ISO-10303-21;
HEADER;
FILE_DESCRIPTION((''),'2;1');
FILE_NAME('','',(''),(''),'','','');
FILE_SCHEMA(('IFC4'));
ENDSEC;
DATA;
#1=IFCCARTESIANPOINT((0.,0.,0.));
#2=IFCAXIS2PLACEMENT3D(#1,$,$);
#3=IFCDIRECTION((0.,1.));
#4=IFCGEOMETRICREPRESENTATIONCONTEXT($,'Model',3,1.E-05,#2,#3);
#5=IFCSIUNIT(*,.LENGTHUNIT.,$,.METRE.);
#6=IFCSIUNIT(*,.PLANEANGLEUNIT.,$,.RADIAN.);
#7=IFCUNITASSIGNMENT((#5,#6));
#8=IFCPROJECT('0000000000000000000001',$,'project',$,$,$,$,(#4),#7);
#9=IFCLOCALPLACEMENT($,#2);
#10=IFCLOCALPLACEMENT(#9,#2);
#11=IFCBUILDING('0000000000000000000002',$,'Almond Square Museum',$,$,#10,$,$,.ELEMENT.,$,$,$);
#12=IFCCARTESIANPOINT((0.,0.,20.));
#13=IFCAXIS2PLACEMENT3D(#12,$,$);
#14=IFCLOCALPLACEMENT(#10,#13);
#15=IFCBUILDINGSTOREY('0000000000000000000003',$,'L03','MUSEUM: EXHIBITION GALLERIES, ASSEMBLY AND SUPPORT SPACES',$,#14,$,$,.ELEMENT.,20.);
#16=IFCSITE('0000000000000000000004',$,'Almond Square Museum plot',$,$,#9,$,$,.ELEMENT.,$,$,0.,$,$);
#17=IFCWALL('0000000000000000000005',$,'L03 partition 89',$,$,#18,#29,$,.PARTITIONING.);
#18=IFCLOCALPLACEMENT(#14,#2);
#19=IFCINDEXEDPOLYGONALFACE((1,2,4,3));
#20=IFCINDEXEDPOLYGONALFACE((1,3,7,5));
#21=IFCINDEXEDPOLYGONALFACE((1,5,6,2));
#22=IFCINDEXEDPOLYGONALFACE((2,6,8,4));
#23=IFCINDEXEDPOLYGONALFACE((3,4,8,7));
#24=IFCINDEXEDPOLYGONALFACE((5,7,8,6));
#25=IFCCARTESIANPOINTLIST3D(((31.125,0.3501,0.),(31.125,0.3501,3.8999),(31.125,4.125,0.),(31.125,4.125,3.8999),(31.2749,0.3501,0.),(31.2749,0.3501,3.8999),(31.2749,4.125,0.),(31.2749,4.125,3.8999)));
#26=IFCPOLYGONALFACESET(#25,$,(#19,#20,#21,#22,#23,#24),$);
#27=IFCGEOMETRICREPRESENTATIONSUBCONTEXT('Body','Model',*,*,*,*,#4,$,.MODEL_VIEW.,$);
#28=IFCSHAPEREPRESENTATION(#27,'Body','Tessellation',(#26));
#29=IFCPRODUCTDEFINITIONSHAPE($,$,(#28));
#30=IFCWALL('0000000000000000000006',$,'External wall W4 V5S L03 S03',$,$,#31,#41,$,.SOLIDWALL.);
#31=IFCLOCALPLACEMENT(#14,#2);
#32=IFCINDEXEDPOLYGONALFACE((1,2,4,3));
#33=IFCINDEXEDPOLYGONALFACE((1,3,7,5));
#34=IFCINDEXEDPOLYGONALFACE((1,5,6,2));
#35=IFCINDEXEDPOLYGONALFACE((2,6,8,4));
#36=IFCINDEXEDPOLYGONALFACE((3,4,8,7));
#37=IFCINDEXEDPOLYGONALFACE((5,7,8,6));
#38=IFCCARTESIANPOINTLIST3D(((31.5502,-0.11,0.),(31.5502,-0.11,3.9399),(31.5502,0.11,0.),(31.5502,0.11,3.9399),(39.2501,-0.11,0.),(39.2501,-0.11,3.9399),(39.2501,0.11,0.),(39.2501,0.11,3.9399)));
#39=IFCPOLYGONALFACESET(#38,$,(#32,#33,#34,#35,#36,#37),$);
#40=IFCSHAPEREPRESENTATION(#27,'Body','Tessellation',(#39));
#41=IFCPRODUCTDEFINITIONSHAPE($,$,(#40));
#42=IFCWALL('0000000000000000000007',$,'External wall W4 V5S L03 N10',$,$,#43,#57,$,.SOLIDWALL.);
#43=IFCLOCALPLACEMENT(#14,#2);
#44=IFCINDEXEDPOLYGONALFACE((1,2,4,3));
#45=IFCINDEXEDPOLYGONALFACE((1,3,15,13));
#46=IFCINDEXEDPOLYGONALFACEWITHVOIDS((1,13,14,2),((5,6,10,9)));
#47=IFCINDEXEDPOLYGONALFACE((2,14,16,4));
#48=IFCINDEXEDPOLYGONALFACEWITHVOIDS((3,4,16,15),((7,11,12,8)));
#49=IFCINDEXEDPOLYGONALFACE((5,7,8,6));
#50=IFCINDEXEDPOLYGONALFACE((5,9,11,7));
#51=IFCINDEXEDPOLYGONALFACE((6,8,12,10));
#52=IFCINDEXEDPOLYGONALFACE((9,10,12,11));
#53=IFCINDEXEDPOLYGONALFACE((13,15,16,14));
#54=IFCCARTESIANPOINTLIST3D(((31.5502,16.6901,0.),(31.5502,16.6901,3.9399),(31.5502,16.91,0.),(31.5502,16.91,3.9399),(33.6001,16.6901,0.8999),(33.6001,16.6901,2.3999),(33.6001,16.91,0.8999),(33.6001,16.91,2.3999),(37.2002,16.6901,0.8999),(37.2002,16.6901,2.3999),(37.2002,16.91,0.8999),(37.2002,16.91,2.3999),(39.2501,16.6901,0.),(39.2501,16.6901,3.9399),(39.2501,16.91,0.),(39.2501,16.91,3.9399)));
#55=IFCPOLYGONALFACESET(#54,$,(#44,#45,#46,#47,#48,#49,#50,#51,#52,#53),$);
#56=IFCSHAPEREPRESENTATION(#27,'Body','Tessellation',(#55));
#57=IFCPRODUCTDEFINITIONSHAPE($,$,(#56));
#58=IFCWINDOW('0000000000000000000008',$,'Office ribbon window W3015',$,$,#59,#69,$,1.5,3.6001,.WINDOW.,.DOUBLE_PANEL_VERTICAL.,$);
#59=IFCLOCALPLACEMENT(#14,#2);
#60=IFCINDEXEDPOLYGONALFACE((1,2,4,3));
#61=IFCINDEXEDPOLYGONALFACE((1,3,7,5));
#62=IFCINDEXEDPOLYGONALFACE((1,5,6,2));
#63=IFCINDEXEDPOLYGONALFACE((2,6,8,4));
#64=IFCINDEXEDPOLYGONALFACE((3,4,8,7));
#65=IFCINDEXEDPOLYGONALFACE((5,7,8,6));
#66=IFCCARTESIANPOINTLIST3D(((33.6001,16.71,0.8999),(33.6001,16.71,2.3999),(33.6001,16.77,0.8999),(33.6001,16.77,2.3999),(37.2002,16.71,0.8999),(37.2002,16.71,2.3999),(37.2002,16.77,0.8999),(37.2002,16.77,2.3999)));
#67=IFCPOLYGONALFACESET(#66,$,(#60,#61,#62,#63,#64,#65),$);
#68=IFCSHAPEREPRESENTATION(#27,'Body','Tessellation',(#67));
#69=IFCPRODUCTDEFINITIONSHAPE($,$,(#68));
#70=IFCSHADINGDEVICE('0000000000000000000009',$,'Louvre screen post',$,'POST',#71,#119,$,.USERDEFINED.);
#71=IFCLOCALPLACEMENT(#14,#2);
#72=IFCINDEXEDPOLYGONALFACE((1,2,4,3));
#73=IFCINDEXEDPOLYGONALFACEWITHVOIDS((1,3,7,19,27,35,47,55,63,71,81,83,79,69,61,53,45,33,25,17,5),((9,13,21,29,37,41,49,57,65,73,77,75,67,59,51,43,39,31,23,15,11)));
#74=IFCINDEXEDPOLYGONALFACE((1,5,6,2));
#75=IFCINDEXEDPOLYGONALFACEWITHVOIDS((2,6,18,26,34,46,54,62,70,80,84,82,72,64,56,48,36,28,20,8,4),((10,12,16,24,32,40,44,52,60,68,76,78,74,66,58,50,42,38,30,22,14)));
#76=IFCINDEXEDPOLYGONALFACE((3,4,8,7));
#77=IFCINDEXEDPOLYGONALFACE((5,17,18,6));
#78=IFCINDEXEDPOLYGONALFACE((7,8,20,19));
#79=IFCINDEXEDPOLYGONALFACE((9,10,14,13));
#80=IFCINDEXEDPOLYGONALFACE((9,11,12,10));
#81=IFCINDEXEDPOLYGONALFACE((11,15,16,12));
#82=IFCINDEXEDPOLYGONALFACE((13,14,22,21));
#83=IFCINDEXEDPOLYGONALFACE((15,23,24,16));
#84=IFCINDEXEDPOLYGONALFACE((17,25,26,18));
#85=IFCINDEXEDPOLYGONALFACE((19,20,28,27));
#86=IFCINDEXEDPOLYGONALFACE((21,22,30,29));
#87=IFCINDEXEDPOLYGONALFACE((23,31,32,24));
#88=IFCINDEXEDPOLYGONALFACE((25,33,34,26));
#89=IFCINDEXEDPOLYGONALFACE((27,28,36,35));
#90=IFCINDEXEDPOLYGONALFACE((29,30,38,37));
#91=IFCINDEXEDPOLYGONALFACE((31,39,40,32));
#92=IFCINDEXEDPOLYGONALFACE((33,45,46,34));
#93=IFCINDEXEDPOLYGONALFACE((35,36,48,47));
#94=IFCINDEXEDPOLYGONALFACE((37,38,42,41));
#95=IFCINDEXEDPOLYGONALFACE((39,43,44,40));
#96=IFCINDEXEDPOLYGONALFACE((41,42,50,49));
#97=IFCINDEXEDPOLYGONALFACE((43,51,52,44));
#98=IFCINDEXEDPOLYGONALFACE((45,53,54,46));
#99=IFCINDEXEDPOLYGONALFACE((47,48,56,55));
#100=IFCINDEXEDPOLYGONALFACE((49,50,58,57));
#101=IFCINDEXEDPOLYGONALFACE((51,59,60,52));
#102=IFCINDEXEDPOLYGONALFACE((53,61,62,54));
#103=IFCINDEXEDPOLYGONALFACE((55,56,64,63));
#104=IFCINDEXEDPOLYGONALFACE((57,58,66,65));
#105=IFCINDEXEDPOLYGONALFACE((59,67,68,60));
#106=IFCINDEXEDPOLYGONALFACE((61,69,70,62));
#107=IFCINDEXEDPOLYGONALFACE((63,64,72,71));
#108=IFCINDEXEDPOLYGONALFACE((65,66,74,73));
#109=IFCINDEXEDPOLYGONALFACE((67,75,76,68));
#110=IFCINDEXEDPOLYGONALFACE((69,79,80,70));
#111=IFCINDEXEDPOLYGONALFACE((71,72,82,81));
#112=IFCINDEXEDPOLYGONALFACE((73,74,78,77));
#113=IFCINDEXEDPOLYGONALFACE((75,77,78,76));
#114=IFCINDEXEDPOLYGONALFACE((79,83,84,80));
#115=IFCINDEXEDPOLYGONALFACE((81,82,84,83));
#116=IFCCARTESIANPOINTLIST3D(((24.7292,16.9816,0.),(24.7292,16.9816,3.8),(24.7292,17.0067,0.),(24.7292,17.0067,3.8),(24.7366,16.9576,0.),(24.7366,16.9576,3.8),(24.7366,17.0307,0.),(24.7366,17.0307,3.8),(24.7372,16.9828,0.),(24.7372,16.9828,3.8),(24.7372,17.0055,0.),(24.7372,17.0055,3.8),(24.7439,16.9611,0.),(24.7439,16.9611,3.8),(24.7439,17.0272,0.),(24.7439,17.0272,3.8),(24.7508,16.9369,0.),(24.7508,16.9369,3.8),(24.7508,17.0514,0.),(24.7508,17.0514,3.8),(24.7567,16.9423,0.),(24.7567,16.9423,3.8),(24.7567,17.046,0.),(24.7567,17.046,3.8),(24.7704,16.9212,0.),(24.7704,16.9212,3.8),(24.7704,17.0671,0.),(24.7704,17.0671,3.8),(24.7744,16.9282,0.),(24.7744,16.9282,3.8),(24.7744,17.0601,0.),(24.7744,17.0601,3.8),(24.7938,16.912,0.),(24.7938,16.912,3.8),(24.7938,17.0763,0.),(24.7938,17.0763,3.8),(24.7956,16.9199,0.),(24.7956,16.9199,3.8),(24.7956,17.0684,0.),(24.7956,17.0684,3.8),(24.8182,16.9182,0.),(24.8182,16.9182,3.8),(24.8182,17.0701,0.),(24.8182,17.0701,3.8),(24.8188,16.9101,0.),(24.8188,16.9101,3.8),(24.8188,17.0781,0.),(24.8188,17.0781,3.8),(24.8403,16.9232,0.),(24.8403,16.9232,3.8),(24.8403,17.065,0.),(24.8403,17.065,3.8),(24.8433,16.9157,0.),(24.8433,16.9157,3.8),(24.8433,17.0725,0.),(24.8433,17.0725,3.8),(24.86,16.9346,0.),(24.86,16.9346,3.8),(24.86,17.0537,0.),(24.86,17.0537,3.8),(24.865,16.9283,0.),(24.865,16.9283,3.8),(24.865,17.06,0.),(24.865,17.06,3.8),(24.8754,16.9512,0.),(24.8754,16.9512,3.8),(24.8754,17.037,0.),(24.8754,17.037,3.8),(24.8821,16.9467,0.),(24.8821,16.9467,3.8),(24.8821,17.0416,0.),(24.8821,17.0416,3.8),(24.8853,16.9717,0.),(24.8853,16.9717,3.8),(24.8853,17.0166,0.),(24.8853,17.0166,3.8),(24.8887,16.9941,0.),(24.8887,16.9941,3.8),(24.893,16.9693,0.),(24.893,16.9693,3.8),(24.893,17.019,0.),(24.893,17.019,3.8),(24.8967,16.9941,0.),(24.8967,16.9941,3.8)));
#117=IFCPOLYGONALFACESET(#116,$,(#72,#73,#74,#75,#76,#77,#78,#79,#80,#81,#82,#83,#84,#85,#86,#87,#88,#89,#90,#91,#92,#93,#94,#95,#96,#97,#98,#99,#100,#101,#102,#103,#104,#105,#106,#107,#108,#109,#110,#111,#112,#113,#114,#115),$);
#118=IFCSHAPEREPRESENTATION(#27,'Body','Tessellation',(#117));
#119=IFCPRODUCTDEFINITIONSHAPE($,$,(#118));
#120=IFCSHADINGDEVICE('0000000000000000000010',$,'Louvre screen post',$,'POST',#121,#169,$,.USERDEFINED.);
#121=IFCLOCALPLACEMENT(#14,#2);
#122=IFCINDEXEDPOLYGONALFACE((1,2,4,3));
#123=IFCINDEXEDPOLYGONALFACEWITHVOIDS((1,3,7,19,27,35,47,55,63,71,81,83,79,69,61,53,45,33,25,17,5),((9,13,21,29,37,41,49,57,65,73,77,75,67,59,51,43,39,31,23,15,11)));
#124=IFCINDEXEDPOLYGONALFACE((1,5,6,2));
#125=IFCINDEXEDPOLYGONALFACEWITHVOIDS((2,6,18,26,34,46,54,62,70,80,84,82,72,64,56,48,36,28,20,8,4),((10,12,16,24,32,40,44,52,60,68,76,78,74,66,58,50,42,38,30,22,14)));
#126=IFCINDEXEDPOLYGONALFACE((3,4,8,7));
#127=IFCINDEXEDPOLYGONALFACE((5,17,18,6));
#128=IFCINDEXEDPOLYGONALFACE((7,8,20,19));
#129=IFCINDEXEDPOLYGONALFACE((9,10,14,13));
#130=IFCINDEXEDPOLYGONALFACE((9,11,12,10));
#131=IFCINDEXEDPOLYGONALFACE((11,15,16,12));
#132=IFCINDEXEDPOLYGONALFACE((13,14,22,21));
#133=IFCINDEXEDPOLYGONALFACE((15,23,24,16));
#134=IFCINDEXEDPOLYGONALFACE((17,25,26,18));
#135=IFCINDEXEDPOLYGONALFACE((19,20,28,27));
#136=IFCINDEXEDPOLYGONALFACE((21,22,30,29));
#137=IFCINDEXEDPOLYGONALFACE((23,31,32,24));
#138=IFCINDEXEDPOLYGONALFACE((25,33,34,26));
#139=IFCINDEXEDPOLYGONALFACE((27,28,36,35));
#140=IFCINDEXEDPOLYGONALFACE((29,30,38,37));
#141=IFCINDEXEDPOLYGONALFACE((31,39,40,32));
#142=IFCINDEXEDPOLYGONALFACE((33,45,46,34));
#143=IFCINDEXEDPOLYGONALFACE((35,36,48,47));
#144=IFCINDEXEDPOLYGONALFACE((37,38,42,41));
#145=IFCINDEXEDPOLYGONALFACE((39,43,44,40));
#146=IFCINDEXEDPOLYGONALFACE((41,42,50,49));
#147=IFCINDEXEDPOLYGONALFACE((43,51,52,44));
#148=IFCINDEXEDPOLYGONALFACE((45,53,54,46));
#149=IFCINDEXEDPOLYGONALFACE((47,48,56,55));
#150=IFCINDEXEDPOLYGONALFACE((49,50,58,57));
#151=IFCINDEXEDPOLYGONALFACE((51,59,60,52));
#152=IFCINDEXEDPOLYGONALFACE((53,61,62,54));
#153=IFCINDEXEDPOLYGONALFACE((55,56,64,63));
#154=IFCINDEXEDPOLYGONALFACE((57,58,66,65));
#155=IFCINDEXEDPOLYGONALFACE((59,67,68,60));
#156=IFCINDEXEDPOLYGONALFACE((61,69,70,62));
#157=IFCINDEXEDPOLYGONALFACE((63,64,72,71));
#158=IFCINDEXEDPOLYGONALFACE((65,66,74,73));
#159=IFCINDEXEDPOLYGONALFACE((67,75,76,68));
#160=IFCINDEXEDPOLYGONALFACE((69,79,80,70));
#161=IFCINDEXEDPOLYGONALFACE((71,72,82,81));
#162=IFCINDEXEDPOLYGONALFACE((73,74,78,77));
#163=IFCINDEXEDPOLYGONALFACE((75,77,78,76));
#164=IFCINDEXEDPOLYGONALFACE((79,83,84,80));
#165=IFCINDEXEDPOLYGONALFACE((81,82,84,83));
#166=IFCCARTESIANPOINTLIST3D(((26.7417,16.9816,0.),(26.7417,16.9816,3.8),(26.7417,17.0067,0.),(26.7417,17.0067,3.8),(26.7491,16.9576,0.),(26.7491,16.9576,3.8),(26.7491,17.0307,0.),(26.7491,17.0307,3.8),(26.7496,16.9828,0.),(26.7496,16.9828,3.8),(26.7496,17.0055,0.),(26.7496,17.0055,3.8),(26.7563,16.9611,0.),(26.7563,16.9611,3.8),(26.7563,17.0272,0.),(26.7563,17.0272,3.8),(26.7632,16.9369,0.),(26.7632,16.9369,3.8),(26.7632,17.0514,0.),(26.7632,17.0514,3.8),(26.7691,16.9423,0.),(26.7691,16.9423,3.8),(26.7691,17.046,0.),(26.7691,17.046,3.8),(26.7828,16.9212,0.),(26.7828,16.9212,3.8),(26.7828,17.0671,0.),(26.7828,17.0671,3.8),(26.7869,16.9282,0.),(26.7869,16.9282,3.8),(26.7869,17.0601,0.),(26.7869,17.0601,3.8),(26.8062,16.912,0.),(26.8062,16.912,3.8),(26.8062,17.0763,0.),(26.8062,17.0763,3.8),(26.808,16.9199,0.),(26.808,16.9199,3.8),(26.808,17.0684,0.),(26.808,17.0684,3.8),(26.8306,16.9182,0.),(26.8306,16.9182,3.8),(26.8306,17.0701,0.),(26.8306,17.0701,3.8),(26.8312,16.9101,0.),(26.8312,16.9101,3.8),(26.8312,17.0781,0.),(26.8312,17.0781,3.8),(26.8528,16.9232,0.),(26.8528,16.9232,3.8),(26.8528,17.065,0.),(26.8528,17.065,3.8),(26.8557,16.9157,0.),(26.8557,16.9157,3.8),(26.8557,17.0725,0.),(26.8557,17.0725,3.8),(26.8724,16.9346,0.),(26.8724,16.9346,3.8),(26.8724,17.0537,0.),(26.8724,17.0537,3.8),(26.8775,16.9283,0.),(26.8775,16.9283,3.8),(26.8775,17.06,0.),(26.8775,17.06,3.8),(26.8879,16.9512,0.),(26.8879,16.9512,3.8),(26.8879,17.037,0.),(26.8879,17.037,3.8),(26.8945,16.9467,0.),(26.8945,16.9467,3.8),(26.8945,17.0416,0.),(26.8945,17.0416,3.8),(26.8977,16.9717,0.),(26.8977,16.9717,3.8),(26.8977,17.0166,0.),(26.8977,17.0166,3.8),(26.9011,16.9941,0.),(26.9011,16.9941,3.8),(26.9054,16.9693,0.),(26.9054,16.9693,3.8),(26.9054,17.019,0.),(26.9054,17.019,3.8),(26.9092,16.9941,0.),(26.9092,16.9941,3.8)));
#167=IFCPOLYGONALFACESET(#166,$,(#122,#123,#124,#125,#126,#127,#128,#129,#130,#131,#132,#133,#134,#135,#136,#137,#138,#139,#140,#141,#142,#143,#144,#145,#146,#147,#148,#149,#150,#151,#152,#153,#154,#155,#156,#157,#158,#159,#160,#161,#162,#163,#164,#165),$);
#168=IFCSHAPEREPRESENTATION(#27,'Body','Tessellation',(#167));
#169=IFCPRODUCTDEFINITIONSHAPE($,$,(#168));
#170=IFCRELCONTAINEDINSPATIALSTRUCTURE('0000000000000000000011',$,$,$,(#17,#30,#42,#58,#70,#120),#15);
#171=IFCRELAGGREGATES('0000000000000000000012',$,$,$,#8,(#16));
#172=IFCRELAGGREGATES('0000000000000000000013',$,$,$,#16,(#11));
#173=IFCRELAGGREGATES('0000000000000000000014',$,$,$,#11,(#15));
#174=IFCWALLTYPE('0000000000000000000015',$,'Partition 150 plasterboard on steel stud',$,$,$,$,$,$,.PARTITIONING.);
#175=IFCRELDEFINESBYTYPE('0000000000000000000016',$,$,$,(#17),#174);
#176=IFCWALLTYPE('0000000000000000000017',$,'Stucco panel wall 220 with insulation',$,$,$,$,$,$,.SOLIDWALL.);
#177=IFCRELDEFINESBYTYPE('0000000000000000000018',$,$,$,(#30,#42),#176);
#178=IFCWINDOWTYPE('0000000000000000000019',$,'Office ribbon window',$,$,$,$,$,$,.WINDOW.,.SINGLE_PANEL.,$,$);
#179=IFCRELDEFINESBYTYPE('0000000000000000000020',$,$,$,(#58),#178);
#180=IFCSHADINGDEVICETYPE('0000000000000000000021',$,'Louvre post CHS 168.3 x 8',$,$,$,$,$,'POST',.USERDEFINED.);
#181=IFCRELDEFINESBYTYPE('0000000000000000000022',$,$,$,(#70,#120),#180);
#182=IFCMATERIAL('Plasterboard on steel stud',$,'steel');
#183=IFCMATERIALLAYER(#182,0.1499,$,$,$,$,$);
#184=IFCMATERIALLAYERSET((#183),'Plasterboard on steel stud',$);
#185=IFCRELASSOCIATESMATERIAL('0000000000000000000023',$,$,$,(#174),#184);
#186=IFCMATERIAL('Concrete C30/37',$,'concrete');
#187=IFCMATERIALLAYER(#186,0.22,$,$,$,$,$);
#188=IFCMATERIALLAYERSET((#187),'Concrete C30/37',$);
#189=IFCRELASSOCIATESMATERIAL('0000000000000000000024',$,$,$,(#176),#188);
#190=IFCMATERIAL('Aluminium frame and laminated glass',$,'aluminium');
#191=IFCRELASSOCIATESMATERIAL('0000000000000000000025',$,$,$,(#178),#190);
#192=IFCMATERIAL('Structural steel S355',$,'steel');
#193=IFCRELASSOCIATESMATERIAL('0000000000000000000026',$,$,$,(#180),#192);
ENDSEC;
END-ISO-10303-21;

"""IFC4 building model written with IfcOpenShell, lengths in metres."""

from ifc_helpers import new_model, si_unit, direction, frame, frame_2d, origin, origin_2d, place, context, subcontext, project, spatial, rectangle, hollow_circle, extrude, material, layer, layer_set, material_profile, profile_set, type_object, element, fill, save


model = new_model("IFC4")

# Units and contexts
model_context = context("Model", 3, precision=1e-05, world=origin(), true_north=direction((0.0, 1.0)))
body_context = subcontext(model_context, "Body", "Model", "MODEL_VIEW")
ifc_project = project(units=[si_unit("LENGTHUNIT", "METRE"), si_unit("PLANEANGLEUNIT", "RADIAN")], contexts=[model_context])

# Site, building, storey
site_placement = place(None, origin())
site = spatial("IfcSite", under=ifc_project, at=site_placement, Name="Almond Square Museum plot", CompositionType="ELEMENT", RefElevation=0.0)
building_placement = place(site_placement, origin())
building = spatial("IfcBuilding", under=site, at=building_placement, Name="Almond Square Museum", CompositionType="ELEMENT")
storey_placement = place(building_placement, frame((0.0, 0.0, 20.0)))
storey = spatial("IfcBuildingStorey", under=building, at=storey_placement, Name="L03", Description="MUSEUM: EXHIBITION GALLERIES, ASSEMBLY AND SUPPORT SPACES", CompositionType="ELEMENT", Elevation=20.0)

# Shared definitions
ifc_material_1 = material(Name="Plasterboard on steel stud", Category="steel")
ifc_layer_1 = layer(ifc_material_1, 0.1499)
ifc_layer_set_1 = layer_set([ifc_layer_1], Name="Plasterboard on steel stud")
wall_type_1 = type_object("IfcWallType", Name="Partition 150 plasterboard on steel stud", PredefinedType="PARTITIONING", material=ifc_layer_set_1)

# Walls
wall_1_placement = place(storey_placement, frame((31.2, 0.3501, 0.0), z_axis=(0.0, 0.0, 1.0), x_axis=(0.0, 1.0, 0.0)))
element("IfcWall", 1, at=wall_1_placement, inside=storey, type_object=wall_type_1, Name="L03 partition 89", PredefinedType="PARTITIONING", context=body_context, shape_type="SweptSolid", body=[
    extrude(rectangle(XDim=3.7749, YDim=0.1499, at=frame_2d((1.8875, 0.0))), origin(), (0.0, 0.0, 1.0), 3.8999),
])
ifc_material_2 = material(Name="Concrete C30/37", Category="concrete")
ifc_layer_2 = layer(ifc_material_2, 0.22)
ifc_layer_set_2 = layer_set([ifc_layer_2], Name="Concrete C30/37")
wall_type_2 = type_object("IfcWallType", Name="Stucco panel wall 220 with insulation", PredefinedType="SOLIDWALL", material=ifc_layer_set_2)
wall_2_placement = place(storey_placement, frame((31.55, 0.0, 0.0), z_axis=(0.0, 0.0, 1.0), x_axis=(1.0, 0.0, 0.0)))
element("IfcWall", 2, at=wall_2_placement, inside=storey, type_object=wall_type_2, Name="External wall W4 V5S L03 S03", PredefinedType="SOLIDWALL", context=body_context, shape_type="SweptSolid", body=[
    extrude(rectangle(XDim=7.7, YDim=0.22, at=frame_2d((3.8501, 0.0))), origin(), (0.0, 0.0, 1.0), 3.9399),
])

# Wall, opening, window
wall_3_placement = place(storey_placement, frame((31.55, 16.8, 0.0), z_axis=(0.0, 0.0, 1.0), x_axis=(1.0, 0.0, 0.0)))
wall_3 = element("IfcWall", 3, at=wall_3_placement, inside=storey, type_object=wall_type_2, Name="External wall W4 V5S L03 N10", PredefinedType="SOLIDWALL", context=body_context, shape_type="SweptSolid", body=[
    extrude(rectangle(XDim=7.7, YDim=0.22, at=frame_2d((3.8501, 0.0))), origin(), (0.0, 0.0, 1.0), 3.9399),
])
opening_1_placement = place(wall_3_placement, frame((2.05, 0.0, 0.8999)))
opening_1 = element("IfcOpeningElement", 4, at=opening_1_placement, cuts=wall_3, PredefinedType="OPENING", context=body_context, shape_type="SweptSolid", body=[
    extrude(rectangle(XDim=3.6001, YDim=1.5, at=frame_2d((1.8, 0.75))), frame((0.0, 0.1199, 0.0), z_axis=(0.0, -1.0, 0.0), x_axis=(1.0, 0.0, 0.0)), (0.0, 0.0, 1.0), 0.24),
])
ifc_material_3 = material(Name="Aluminium frame and laminated glass", Category="aluminium")
window_type = type_object("IfcWindowType", Name="Office ribbon window", PartitioningType="SINGLE_PANEL", PredefinedType="WINDOW", material=ifc_material_3)
window_placement = place(opening_1_placement, origin())
window = element("IfcWindow", 5, at=window_placement, inside=storey, type_object=window_type, Name="Office ribbon window W3015", OverallHeight=1.5, OverallWidth=3.6001, PartitioningType="DOUBLE_PANEL_VERTICAL", PredefinedType="WINDOW", context=body_context, shape_type="SweptSolid", body=[
    extrude(rectangle(XDim=3.6001, YDim=1.5, at=frame_2d((1.8, 0.75))), frame((0.0, -0.03, 0.0), z_axis=(0.0, -1.0, 0.0), x_axis=(1.0, 0.0, 0.0)), (0.0, 0.0, 1.0), 0.0601),
])
fill(opening_1, window)

# Shading devices
ifc_material_4 = material(Name="Structural steel S355", Category="steel")
ifc_material_profile_1 = material_profile(ifc_material_4, hollow_circle(Radius=0.0842, WallThickness=0.0081, at=origin_2d()))
ifc_profile_set_1 = profile_set([ifc_material_profile_1], Name="Structural steel S355")
shading_device_type = type_object("IfcShadingDeviceType", Name="Louvre post CHS 168.3 x 8", ElementType="POST", PredefinedType="USERDEFINED", material=ifc_profile_set_1)
for number, where, z_axis, x_axis, name in (
    (6, (24.8125, 16.9941, 0.0), (0.0, 0.0, 1.0), (1.0, 0.0, 0.0), "Louvre screen post"),
    (7, (26.825, 16.9941, 0.0), (0.0, 0.0, 1.0), (1.0, 0.0, 0.0), "Louvre screen post"),
):
    element("IfcShadingDevice", number, at=place(storey_placement, frame(where, z_axis=z_axis, x_axis=x_axis)), inside=storey, type_object=shading_device_type, Name=name, ObjectType="POST", PredefinedType="USERDEFINED", context=body_context, shape_type="SweptSolid", body=[
        extrude(hollow_circle(Radius=0.0842, WallThickness=0.0081, at=origin_2d()), origin(), (0.0, 0.0, 1.0), 3.8),
    ])

save(model, "model.ifc")
